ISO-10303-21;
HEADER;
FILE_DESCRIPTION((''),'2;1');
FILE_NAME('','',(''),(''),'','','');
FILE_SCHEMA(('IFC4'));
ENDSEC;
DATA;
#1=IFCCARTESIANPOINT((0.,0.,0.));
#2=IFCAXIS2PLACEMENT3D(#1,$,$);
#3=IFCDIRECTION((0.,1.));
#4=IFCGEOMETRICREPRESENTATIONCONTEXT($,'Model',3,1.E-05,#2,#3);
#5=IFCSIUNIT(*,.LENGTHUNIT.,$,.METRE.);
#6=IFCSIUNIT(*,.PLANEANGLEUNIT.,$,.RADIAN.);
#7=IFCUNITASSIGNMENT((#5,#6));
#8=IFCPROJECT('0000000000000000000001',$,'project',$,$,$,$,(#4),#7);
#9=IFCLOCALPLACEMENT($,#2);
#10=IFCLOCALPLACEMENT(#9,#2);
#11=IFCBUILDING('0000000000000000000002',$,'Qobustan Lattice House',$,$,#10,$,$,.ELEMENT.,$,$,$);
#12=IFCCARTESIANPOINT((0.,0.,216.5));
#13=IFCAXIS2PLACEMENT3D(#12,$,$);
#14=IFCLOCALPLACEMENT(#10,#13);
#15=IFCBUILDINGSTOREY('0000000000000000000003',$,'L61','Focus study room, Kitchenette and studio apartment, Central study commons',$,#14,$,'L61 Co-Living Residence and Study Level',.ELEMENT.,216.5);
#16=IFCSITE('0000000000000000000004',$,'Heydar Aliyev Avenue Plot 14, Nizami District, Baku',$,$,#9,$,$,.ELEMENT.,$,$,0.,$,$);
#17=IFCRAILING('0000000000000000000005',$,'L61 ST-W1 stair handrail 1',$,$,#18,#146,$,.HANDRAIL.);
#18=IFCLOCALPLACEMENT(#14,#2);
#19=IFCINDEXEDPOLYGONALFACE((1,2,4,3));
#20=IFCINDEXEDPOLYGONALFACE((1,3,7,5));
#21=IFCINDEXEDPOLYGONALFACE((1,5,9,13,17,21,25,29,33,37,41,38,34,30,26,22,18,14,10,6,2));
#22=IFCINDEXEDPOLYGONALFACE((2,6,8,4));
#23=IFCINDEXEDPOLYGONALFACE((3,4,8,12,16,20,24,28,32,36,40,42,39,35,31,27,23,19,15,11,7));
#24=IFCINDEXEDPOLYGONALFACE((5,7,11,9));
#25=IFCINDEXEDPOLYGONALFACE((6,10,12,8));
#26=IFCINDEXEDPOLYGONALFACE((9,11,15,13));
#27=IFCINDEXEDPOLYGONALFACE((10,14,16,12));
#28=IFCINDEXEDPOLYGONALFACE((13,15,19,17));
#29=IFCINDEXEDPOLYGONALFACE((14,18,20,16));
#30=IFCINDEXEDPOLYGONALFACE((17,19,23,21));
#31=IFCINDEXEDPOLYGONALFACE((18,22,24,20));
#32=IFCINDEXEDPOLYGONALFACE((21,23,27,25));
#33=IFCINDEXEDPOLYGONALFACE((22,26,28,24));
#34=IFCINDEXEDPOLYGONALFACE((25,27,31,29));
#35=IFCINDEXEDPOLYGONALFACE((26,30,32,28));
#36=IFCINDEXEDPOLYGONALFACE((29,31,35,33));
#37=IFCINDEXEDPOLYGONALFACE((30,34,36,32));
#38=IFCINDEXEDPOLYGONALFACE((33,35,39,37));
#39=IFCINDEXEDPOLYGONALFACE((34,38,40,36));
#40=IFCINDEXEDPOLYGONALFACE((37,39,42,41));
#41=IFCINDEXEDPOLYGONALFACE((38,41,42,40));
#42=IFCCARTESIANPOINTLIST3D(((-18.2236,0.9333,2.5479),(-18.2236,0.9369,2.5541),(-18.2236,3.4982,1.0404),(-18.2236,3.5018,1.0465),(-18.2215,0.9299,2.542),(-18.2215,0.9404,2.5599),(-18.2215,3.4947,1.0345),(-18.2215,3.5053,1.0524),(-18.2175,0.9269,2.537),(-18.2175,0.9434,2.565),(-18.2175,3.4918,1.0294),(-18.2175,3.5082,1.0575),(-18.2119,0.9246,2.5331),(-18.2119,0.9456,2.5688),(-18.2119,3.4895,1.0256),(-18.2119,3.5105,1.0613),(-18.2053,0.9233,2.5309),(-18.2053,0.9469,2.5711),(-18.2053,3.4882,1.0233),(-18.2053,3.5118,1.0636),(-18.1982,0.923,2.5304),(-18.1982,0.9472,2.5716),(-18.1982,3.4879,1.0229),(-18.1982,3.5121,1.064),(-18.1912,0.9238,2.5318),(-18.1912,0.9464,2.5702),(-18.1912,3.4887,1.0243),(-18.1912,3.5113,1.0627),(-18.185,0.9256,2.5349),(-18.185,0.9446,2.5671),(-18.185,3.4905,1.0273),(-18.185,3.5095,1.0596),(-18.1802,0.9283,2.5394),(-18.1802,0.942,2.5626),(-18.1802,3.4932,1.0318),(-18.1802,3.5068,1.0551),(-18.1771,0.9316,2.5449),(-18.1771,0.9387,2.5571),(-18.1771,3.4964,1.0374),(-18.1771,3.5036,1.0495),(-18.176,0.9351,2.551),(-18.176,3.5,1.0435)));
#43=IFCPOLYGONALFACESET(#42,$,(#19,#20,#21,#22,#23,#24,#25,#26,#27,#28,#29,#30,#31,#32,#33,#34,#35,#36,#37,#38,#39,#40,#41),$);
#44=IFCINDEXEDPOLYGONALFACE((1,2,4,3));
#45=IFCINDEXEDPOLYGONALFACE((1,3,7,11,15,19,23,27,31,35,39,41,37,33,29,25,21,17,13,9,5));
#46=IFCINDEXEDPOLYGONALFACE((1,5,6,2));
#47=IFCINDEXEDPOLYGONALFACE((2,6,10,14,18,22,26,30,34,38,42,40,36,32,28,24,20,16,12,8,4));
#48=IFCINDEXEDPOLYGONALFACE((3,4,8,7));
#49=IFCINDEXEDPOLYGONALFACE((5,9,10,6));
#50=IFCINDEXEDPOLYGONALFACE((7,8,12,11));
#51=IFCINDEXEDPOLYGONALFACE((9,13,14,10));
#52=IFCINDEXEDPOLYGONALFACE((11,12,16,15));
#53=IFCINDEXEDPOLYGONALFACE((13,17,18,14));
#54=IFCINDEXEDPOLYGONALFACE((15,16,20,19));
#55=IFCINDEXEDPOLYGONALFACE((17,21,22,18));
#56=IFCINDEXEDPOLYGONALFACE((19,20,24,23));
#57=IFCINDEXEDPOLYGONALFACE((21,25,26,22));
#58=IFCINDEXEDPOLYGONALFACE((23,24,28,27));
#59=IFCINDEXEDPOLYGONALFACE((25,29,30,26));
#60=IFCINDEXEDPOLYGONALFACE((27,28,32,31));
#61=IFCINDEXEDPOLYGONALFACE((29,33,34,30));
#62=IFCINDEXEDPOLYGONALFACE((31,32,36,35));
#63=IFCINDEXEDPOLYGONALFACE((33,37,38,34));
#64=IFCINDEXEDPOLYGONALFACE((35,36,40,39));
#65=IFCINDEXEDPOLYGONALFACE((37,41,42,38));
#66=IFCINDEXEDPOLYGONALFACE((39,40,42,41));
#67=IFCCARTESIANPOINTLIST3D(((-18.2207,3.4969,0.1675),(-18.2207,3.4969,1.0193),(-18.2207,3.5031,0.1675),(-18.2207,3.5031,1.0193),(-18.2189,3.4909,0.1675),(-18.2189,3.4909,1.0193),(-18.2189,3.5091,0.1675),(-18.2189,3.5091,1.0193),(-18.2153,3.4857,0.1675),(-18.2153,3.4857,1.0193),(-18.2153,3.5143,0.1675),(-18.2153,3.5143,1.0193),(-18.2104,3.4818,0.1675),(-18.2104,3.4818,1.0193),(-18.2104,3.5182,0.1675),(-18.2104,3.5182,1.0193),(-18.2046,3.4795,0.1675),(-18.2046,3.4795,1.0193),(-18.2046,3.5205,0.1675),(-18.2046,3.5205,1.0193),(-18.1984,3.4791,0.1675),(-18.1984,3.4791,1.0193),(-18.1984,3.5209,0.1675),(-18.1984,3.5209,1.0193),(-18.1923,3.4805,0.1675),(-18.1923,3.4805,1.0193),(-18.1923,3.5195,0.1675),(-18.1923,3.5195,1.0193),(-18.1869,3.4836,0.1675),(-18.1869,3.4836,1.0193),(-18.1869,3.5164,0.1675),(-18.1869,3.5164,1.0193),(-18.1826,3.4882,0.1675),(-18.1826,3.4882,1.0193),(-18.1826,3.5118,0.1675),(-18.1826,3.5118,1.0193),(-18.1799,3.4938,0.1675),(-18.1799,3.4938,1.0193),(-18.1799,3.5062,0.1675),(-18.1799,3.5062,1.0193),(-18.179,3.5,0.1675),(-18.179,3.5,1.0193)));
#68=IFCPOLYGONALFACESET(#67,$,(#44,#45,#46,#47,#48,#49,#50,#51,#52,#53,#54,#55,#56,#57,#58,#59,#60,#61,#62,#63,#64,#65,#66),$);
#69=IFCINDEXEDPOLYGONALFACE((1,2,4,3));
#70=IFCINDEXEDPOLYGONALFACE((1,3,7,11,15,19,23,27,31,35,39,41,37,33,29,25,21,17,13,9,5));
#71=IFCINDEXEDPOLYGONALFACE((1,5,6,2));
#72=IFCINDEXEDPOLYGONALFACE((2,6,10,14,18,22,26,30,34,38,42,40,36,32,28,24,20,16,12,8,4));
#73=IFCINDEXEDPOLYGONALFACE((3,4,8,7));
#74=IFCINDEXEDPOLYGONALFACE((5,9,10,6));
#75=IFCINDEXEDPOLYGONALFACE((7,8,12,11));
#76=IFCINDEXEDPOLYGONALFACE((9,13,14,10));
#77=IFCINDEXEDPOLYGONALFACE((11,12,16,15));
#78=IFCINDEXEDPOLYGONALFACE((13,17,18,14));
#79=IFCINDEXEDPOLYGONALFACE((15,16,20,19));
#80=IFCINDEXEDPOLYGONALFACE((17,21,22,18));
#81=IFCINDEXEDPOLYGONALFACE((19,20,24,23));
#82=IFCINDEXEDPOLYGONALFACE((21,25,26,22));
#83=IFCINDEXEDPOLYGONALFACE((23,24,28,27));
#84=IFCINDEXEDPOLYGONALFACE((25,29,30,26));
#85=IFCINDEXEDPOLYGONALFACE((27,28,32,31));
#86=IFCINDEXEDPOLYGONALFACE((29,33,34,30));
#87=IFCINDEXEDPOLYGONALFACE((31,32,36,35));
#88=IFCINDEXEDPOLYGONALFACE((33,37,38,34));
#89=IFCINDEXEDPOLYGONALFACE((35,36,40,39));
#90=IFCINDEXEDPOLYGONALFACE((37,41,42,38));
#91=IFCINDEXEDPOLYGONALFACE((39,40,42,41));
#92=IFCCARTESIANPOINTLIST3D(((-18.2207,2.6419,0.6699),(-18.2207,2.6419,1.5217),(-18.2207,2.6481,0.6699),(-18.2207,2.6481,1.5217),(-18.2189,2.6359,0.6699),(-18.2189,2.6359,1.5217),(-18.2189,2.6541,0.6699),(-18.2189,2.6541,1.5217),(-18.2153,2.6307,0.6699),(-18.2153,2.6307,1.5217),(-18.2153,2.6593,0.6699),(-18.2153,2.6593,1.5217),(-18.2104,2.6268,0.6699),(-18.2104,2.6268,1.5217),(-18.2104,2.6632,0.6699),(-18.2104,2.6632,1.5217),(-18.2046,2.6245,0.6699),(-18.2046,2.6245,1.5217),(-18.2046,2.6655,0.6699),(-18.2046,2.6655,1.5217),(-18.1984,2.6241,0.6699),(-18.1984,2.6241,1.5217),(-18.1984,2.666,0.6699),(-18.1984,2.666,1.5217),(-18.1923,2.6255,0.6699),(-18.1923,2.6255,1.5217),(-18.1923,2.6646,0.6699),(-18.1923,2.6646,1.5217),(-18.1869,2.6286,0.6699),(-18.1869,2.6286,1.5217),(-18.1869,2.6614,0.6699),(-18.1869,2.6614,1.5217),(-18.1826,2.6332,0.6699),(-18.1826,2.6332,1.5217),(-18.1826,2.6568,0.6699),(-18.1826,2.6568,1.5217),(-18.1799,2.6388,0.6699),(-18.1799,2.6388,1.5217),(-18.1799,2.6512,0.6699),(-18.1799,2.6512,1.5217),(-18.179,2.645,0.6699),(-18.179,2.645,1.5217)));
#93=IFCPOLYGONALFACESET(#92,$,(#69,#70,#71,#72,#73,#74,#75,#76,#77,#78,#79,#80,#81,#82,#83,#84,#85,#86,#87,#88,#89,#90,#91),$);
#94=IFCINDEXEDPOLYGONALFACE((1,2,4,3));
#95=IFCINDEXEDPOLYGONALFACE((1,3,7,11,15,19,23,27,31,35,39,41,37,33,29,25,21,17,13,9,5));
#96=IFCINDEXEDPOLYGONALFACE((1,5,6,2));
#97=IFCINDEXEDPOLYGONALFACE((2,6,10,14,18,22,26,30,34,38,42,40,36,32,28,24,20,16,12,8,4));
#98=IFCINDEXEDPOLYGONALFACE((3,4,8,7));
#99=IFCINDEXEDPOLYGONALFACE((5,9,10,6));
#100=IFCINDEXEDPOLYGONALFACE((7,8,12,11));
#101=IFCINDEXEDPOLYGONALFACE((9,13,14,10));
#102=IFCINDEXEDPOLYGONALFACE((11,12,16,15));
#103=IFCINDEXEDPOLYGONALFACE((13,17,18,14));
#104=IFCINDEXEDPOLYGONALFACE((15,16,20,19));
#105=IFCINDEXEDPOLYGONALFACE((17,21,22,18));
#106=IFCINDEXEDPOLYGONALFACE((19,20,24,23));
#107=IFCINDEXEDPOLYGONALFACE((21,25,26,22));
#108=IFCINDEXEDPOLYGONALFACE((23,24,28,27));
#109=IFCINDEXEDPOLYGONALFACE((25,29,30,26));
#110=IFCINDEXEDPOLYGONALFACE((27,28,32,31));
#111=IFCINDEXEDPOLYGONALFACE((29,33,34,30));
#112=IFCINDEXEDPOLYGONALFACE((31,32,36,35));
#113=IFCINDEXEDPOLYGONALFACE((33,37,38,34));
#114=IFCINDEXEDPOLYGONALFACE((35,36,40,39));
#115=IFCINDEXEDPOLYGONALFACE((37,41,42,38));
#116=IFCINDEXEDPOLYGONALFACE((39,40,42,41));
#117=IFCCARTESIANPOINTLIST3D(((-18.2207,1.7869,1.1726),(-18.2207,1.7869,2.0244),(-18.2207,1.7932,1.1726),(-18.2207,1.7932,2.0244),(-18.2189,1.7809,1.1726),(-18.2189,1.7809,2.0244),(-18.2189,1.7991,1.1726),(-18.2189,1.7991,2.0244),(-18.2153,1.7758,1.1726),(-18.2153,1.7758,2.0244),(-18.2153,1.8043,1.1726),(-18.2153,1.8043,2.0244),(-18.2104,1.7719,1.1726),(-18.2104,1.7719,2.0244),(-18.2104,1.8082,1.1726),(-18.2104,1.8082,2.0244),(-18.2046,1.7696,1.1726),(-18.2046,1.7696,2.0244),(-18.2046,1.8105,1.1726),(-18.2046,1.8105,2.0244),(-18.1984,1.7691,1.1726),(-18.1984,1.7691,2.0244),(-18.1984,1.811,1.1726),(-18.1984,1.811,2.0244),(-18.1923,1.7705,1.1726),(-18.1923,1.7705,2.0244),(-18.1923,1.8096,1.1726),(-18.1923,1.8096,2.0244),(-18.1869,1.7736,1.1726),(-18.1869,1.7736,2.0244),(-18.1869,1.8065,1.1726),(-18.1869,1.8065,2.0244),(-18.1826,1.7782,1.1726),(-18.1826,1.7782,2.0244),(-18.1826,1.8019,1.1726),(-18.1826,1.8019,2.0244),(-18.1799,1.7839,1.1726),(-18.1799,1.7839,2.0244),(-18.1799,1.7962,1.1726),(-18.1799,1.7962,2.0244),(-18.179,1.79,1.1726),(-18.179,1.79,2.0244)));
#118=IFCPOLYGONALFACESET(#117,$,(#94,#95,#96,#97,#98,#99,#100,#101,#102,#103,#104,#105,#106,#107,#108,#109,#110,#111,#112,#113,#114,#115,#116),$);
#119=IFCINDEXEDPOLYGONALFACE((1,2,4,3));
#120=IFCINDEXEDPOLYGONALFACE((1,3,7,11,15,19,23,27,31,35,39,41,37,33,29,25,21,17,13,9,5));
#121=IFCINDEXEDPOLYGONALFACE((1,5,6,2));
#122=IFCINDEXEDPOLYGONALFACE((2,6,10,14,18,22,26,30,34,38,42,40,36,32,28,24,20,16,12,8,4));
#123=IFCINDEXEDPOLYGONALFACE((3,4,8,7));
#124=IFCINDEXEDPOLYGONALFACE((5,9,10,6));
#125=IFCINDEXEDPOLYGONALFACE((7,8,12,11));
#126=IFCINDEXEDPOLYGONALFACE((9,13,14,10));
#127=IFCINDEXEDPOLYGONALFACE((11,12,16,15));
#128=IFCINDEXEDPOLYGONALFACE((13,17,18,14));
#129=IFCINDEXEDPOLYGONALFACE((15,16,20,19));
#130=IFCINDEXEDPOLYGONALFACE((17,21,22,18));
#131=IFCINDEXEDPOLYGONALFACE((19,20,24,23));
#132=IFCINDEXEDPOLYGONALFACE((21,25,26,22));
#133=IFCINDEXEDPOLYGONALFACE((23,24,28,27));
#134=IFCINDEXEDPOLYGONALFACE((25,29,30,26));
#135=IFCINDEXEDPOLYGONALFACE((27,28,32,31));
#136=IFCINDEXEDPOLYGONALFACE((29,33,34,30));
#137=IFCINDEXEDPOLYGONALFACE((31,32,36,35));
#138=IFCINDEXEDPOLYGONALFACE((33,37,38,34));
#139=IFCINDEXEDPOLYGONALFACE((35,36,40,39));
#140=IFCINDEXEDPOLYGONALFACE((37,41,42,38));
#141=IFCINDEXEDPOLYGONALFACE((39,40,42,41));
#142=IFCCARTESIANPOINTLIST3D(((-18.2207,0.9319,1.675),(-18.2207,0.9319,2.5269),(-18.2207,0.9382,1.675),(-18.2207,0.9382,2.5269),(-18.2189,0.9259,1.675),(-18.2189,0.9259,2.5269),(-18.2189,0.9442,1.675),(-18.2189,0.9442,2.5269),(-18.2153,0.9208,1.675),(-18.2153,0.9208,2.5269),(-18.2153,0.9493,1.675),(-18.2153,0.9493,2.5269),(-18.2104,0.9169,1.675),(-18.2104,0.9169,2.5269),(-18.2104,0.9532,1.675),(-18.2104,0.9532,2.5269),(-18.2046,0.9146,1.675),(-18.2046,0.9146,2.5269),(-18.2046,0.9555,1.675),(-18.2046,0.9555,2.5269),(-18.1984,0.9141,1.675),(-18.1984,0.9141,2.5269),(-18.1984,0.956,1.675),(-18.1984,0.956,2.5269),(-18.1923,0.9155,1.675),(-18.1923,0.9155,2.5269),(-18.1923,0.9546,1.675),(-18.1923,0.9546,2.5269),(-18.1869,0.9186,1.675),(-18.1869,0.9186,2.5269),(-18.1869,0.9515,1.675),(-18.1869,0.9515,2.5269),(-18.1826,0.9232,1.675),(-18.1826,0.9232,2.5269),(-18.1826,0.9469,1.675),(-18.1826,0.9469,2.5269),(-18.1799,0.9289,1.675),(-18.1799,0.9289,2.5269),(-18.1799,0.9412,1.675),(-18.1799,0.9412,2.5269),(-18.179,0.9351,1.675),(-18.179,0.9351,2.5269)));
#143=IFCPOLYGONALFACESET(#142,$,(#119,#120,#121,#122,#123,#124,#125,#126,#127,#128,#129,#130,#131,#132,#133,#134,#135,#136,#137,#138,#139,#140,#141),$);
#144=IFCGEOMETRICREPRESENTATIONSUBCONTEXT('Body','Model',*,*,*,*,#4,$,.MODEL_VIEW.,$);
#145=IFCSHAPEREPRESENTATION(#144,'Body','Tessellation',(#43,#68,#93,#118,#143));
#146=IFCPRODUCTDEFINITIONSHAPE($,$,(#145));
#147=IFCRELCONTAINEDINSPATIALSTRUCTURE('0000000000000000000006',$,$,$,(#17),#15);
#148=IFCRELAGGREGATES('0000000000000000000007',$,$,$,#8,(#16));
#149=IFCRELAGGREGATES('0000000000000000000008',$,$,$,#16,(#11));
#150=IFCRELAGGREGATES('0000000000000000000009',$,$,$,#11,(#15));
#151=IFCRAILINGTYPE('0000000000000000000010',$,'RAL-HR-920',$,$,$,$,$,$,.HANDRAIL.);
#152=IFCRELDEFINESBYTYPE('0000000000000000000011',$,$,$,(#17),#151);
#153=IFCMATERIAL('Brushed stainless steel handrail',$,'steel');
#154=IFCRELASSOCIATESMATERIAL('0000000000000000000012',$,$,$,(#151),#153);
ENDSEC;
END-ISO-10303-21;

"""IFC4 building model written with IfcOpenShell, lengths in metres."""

from ifc_helpers import new_model, si_unit, direction, frame, origin, origin_2d, place, context, subcontext, project, spatial, circle, extrude, material, type_object, element, save


model = new_model("IFC4")

# Units and contexts
model_context = context("Model", 3, precision=1e-05, world=origin(), true_north=direction((0.0, 1.0)))
body_context = subcontext(model_context, "Body", "Model", "MODEL_VIEW")
ifc_project = project(units=[si_unit("LENGTHUNIT", "METRE"), si_unit("PLANEANGLEUNIT", "RADIAN")], contexts=[model_context])

# Site, building, storey
site_placement = place(None, origin())
site = spatial("IfcSite", under=ifc_project, at=site_placement, Name="Heydar Aliyev Avenue Plot 14, Nizami District, Baku", CompositionType="ELEMENT", RefElevation=0.0)
building_placement = place(site_placement, origin())
building = spatial("IfcBuilding", under=site, at=building_placement, Name="Qobustan Lattice House", CompositionType="ELEMENT")
storey_placement = place(building_placement, frame((0.0, 0.0, 216.5)))
storey = spatial("IfcBuildingStorey", under=building, at=storey_placement, Name="L61", Description="Focus study room, Kitchenette and studio apartment, Central study commons", LongName="L61 Co-Living Residence and Study Level", CompositionType="ELEMENT", Elevation=216.5)

# Railing
ifc_material_1 = material(Name="Brushed stainless steel handrail", Category="steel")
railing_type_1 = type_object("IfcRailingType", Name="RAL-HR-920", PredefinedType="HANDRAIL", material=ifc_material_1)
railing_1_placement = place(storey_placement, frame((-18.2, 3.5, 0.1675)))
element("IfcRailing", 1, at=railing_1_placement, inside=storey, type_object=railing_type_1, Name="L61 ST-W1 stair handrail 1", PredefinedType="HANDRAIL", context=body_context, shape_type="SweptSolid", body=[
    extrude(circle(Radius=0.0239, at=origin_2d()), frame((0.0, 0.0, 0.876), z_axis=(0.0, -0.862113, 0.506715), x_axis=(1.0, 0.0, 0.0)), (0.0, 0.0, 1.0), 2.9751),
    extrude(circle(Radius=0.021, at=origin_2d()), origin(), (0.0, 0.0, 1.0), 0.8518),
    extrude(circle(Radius=0.021, at=origin_2d()), frame((0.0, -0.855, 0.5024)), (0.0, 0.0, 1.0), 0.8518),
    extrude(circle(Radius=0.021, at=origin_2d()), frame((0.0, -1.71, 1.0051)), (0.0, 0.0, 1.0), 0.8518),
    extrude(circle(Radius=0.021, at=origin_2d()), frame((0.0, -2.5649, 1.5076)), (0.0, 0.0, 1.0), 0.8518),
])

save(model, "model.ifc")
